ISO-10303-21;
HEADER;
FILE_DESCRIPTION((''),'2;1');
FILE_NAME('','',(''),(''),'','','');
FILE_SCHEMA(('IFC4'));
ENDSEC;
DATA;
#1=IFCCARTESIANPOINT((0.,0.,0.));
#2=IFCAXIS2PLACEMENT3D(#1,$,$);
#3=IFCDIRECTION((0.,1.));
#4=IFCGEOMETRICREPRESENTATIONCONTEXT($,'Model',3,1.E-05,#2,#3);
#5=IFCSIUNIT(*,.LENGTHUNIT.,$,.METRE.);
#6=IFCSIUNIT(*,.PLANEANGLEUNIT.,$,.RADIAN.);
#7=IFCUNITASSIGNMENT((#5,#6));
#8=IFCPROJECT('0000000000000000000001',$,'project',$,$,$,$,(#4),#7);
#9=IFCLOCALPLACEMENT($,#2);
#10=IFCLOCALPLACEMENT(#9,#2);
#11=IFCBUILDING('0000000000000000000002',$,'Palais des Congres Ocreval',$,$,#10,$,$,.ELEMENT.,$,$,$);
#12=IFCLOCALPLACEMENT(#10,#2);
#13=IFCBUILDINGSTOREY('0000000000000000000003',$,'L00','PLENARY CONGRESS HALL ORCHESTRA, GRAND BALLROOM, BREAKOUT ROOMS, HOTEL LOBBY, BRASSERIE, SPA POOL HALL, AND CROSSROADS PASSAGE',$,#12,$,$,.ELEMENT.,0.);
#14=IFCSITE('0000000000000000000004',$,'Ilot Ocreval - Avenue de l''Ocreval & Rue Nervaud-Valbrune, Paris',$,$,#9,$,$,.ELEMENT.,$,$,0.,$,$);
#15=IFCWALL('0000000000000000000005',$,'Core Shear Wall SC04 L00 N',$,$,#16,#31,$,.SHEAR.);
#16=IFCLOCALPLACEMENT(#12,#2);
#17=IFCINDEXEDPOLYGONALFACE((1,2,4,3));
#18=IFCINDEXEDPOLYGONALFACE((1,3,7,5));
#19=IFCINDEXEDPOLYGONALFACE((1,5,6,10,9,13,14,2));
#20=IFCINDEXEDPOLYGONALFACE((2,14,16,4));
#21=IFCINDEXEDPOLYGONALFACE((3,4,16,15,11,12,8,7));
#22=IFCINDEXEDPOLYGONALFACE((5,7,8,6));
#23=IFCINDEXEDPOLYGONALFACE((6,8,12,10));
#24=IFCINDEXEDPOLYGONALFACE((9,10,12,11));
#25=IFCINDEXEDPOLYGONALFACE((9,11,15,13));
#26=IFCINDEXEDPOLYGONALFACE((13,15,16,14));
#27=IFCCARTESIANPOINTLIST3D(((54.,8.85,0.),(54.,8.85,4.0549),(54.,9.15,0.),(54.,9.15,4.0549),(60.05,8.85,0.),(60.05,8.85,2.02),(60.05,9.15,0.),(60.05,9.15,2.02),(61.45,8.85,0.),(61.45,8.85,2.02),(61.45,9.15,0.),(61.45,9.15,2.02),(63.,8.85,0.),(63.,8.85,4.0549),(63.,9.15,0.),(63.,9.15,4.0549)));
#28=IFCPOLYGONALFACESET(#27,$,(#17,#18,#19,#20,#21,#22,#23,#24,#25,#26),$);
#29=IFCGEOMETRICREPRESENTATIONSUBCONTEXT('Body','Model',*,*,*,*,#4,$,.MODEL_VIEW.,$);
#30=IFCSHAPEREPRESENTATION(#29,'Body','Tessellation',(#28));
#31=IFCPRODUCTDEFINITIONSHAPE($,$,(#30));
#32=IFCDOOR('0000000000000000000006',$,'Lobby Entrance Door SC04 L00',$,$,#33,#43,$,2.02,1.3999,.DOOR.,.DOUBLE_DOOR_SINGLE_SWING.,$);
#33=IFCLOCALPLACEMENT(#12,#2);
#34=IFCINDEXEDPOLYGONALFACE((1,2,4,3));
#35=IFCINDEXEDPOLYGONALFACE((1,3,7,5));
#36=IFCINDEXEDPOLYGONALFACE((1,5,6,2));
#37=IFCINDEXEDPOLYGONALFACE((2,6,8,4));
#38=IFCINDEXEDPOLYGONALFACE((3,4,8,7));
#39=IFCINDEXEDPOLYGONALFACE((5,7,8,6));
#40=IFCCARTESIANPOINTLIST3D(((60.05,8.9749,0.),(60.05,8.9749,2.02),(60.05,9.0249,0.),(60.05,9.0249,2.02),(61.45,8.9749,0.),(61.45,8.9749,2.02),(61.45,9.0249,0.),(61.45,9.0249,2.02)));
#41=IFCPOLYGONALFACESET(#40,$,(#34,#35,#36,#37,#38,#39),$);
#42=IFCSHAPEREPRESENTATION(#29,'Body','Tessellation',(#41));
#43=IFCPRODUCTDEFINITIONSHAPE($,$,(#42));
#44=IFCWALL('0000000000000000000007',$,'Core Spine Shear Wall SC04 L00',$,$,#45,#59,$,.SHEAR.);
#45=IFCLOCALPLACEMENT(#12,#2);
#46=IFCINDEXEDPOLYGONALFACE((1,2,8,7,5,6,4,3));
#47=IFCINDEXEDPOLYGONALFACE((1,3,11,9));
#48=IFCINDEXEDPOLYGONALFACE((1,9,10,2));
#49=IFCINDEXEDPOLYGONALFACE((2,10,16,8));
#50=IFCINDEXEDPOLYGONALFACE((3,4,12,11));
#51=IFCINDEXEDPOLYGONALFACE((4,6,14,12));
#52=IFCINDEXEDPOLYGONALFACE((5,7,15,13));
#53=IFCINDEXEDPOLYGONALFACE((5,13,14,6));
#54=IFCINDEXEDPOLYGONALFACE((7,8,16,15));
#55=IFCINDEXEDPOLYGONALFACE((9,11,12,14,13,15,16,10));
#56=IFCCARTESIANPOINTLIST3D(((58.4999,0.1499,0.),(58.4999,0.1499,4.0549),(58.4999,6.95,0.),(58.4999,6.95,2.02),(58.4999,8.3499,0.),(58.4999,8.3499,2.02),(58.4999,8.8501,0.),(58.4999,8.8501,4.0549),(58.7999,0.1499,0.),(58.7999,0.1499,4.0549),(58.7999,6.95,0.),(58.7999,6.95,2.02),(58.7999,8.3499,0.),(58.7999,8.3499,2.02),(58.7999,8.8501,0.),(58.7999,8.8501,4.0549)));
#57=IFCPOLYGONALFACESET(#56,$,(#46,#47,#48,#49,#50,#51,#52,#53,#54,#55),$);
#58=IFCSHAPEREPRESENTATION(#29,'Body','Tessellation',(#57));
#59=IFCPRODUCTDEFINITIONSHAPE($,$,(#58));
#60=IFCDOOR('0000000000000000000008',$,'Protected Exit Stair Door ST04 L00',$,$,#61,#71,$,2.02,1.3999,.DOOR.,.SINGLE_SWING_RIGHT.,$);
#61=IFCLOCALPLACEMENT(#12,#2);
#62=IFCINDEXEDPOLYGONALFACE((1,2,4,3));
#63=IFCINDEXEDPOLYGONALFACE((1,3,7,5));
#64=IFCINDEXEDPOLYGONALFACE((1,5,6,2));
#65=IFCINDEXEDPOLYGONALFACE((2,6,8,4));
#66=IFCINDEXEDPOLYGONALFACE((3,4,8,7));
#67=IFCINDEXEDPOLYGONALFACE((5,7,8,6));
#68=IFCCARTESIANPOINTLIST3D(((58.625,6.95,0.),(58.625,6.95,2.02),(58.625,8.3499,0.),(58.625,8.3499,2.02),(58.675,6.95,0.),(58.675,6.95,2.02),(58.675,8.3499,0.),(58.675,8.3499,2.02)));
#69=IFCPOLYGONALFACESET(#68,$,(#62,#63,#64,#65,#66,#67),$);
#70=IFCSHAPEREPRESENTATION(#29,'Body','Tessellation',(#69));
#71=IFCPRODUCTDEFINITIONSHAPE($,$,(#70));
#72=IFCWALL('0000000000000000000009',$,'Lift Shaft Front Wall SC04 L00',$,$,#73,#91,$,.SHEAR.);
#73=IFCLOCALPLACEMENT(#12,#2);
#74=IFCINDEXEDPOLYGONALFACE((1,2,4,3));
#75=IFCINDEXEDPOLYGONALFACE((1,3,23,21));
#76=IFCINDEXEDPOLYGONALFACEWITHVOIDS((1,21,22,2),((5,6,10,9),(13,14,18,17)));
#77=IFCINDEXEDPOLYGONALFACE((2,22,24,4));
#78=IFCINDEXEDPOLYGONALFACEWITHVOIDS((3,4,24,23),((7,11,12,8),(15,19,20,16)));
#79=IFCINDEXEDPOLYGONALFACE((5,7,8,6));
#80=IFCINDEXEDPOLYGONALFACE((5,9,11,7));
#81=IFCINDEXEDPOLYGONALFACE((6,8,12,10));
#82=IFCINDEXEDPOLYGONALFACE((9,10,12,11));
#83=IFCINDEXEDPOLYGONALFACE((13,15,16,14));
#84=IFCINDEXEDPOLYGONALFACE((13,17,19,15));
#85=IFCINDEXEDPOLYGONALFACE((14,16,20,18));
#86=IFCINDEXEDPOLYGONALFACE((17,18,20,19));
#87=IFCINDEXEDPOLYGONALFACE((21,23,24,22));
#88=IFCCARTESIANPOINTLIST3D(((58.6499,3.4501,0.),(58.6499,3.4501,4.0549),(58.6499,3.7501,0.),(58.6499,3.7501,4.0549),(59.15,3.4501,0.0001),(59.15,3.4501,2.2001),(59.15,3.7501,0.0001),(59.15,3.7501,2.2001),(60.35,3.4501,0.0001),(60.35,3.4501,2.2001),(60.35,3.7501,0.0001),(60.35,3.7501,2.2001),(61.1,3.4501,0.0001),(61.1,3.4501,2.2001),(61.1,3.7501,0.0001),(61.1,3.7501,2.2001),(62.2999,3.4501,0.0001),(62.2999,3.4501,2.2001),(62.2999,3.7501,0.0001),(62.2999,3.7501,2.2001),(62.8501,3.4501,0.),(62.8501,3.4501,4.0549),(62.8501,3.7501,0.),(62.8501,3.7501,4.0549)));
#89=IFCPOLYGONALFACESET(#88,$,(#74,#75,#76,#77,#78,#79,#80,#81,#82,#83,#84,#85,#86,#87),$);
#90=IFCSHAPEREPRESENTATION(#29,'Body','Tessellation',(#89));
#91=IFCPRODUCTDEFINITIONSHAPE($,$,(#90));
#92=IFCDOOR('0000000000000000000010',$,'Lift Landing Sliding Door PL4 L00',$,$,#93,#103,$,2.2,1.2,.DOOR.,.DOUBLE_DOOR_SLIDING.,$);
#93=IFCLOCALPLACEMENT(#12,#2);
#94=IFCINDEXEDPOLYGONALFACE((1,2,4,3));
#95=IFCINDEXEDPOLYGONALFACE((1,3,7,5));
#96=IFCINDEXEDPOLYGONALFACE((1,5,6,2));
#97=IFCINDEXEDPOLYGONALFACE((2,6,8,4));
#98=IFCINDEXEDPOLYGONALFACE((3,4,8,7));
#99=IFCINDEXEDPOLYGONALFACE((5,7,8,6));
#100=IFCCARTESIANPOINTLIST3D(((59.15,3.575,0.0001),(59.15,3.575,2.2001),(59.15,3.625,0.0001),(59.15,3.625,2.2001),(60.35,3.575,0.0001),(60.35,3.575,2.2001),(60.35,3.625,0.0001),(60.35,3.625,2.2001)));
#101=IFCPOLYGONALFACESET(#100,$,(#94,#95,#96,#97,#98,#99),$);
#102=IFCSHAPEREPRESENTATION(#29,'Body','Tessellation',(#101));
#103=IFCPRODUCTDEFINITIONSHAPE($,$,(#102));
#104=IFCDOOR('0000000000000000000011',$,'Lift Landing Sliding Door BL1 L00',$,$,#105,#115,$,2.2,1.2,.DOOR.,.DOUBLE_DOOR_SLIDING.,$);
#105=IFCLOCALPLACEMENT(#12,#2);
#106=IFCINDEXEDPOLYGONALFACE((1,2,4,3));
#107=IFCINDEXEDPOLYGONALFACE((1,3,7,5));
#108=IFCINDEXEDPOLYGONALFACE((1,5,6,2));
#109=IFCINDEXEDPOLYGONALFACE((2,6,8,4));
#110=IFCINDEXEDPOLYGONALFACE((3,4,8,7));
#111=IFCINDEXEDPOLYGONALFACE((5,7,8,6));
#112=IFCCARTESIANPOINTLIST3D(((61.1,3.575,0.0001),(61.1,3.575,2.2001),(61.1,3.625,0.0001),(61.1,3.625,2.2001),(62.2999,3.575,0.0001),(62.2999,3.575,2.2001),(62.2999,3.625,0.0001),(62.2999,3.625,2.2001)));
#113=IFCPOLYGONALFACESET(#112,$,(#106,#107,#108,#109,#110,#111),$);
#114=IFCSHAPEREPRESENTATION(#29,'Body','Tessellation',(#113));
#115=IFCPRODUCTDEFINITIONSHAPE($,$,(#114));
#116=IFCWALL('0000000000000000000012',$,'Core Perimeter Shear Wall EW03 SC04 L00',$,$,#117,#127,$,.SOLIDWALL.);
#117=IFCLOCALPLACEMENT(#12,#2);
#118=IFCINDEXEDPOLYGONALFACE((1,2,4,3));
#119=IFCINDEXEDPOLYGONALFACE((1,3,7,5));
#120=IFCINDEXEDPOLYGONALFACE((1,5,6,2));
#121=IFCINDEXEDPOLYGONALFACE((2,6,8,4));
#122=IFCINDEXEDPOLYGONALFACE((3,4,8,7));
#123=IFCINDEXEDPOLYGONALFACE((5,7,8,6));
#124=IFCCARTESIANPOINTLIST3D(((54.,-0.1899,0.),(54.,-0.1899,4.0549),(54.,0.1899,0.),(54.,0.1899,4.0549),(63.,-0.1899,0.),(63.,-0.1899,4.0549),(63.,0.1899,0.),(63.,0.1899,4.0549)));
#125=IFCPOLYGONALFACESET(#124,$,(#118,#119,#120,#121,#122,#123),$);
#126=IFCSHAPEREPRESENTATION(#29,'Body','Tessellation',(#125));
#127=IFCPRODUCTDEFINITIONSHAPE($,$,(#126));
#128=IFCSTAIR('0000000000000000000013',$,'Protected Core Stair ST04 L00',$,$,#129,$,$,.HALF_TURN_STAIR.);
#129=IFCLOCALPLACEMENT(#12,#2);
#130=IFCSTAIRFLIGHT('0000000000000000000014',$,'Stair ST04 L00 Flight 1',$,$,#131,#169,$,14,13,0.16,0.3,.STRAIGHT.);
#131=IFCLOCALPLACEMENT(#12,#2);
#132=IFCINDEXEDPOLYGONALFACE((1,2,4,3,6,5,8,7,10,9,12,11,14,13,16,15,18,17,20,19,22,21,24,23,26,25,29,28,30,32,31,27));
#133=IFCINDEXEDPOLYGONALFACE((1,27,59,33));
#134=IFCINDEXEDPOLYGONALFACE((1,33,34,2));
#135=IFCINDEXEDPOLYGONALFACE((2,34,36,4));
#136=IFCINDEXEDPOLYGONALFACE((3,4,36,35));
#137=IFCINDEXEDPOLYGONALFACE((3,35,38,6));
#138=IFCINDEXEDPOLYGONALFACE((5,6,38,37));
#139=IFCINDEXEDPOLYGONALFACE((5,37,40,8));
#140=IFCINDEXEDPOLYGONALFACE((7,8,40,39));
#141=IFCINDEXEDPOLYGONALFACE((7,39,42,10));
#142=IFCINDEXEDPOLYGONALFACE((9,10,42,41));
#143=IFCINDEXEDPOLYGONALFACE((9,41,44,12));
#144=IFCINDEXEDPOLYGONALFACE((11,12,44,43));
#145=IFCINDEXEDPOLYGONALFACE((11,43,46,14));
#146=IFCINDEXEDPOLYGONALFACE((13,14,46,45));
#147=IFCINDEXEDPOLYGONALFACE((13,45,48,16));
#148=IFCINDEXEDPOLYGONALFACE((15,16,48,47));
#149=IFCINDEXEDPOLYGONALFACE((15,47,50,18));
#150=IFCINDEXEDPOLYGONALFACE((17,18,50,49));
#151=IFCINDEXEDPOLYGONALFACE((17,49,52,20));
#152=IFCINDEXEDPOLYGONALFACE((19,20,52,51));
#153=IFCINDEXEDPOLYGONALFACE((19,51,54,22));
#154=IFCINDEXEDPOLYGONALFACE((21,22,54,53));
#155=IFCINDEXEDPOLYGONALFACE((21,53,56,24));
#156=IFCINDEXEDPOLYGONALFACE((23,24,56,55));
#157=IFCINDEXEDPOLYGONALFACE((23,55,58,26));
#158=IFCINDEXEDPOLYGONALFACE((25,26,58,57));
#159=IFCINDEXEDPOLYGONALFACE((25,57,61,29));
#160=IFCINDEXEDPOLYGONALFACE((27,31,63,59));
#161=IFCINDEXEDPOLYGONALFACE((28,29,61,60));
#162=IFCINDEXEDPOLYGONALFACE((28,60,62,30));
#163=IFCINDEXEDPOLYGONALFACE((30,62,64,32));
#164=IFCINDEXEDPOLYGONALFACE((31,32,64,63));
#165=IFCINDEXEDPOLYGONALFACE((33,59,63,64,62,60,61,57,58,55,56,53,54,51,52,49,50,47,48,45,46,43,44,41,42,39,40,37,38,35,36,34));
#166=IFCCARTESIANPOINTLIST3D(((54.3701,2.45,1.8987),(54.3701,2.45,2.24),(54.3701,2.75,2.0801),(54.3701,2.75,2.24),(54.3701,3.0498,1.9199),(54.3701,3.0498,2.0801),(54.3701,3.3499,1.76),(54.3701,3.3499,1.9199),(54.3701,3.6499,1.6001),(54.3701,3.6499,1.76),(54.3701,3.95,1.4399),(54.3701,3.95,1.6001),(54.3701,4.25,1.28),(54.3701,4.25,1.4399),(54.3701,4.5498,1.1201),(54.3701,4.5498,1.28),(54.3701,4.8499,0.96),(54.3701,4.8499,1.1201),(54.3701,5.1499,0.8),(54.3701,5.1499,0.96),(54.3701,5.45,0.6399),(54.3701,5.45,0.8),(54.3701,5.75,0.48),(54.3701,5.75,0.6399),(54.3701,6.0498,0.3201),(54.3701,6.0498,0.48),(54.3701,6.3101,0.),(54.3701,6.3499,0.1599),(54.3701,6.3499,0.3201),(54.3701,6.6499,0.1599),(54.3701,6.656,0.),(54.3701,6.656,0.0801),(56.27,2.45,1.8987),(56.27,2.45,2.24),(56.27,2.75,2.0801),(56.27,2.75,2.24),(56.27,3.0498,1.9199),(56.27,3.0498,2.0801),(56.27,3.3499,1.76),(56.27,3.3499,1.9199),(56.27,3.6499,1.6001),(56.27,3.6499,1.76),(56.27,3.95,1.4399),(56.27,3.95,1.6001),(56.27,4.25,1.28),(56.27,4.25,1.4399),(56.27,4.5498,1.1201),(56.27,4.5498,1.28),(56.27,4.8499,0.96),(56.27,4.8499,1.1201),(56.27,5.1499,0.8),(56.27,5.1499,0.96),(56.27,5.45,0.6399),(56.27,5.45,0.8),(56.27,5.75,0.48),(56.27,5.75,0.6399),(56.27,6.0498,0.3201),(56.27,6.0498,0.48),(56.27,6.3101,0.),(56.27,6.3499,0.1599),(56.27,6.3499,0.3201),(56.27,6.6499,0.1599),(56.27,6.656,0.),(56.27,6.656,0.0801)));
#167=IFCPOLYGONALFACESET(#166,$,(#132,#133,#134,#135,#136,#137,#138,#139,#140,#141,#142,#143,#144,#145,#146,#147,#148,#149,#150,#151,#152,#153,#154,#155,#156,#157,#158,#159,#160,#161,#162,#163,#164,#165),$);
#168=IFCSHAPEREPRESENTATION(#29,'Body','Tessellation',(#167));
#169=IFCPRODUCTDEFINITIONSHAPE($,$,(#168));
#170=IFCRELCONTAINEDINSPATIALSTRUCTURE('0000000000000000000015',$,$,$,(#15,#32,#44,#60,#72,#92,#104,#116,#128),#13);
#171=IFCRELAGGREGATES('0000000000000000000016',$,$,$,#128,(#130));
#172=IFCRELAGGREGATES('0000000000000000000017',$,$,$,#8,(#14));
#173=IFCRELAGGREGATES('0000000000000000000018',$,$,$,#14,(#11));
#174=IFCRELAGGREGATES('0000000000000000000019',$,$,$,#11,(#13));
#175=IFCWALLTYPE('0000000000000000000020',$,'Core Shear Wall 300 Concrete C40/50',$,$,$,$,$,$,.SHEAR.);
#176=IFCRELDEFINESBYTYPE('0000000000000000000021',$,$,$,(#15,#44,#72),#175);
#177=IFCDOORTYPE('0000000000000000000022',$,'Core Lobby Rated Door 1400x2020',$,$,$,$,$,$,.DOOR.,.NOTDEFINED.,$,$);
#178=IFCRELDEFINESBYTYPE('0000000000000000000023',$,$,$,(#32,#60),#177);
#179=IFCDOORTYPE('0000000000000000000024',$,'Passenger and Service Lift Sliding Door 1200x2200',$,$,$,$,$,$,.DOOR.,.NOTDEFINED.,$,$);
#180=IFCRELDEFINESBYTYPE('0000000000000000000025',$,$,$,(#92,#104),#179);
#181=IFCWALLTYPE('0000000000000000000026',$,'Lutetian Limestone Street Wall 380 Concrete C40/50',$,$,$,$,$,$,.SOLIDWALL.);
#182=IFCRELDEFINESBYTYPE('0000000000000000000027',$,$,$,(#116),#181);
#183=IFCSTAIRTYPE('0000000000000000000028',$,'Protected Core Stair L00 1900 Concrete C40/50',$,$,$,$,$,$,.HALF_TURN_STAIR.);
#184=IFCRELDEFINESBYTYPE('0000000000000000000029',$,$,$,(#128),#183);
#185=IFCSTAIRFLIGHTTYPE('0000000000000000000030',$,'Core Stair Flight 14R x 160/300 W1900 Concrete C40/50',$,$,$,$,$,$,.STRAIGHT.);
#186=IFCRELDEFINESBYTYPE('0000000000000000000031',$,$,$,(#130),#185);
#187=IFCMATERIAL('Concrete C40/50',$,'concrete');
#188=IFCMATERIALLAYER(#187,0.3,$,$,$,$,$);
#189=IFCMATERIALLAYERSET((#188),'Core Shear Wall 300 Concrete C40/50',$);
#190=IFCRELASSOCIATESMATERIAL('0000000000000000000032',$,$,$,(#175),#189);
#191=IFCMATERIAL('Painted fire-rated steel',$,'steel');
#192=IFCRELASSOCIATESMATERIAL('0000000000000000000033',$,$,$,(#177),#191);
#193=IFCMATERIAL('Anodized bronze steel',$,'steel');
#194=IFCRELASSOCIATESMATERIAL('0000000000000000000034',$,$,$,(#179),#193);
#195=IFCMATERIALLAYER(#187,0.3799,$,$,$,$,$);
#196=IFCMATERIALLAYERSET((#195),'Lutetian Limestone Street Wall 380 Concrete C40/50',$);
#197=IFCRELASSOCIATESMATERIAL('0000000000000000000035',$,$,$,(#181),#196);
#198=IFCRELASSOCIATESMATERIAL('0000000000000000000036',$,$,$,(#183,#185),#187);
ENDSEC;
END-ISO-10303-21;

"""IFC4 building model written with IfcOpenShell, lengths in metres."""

from ifc_helpers import new_model, si_unit, direction, frame, frame_2d, origin, place, context, subcontext, project, spatial, polyline, rectangle, outline, extrude, material, layer, layer_set, type_object, element, fill, aggregate, save


model = new_model("IFC4")

# Units and contexts
model_context = context("Model", 3, precision=1e-05, world=origin(), true_north=direction((0.0, 1.0)))
body_context = subcontext(model_context, "Body", "Model", "MODEL_VIEW")
ifc_project = project(units=[si_unit("LENGTHUNIT", "METRE"), si_unit("PLANEANGLEUNIT", "RADIAN")], contexts=[model_context])

# Site, building, storey
site_placement = place(None, origin())
site = spatial("IfcSite", under=ifc_project, at=site_placement, Name="Ilot Ocreval - Avenue de l'Ocreval & Rue Nervaud-Valbrune, Paris", CompositionType="ELEMENT", RefElevation=0.0)
building_placement = place(site_placement, origin())
building = spatial("IfcBuilding", under=site, at=building_placement, Name="Palais des Congres Ocreval", CompositionType="ELEMENT")
storey_placement = place(building_placement, origin())
storey = spatial("IfcBuildingStorey", under=building, at=storey_placement, Name="L00", Description="PLENARY CONGRESS HALL ORCHESTRA, GRAND BALLROOM, BREAKOUT ROOMS, HOTEL LOBBY, BRASSERIE, SPA POOL HALL, AND CROSSROADS PASSAGE", CompositionType="ELEMENT", Elevation=0.0)

# Shared definitions
ifc_material_1 = material(Name="Concrete C40/50", Category="concrete")

# Shared definitions
ifc_layer_1 = layer(ifc_material_1, 0.3)
ifc_layer_set_1 = layer_set([ifc_layer_1], Name="Core Shear Wall 300 Concrete C40/50")
wall_type_1 = type_object("IfcWallType", Name="Core Shear Wall 300 Concrete C40/50", PredefinedType="SHEAR", material=ifc_layer_set_1)

# Walls, openings, doors
wall_1_placement = place(storey_placement, frame((54.0, 9.0, 0.0), z_axis=(0.0, 0.0, 1.0), x_axis=(1.0, 0.0, 0.0)))
wall_1 = element("IfcWall", 1, at=wall_1_placement, inside=storey, type_object=wall_type_1, Name="Core Shear Wall SC04 L00 N", PredefinedType="SHEAR", context=body_context, shape_type="SweptSolid", body=[
    extrude(rectangle(XDim=9.0, YDim=0.3, at=frame_2d((4.5, 0.0))), origin(), (0.0, 0.0, 1.0), 4.0549),
])
opening_1_placement = place(wall_1_placement, frame((6.05, 0.0, 0.0)))
opening_1 = element("IfcOpeningElement", 2, at=opening_1_placement, cuts=wall_1, PredefinedType="OPENING", context=body_context, shape_type="SweptSolid", body=[
    extrude(rectangle(XDim=1.3999, YDim=2.02, at=frame_2d((0.7, 1.01))), frame((0.0, 0.1599, 0.0), z_axis=(0.0, -1.0, 0.0), x_axis=(1.0, 0.0, 0.0)), (0.0, 0.0, 1.0), 0.3201),
])
ifc_material_2 = material(Name="Painted fire-rated steel", Category="steel")
door_type_1 = type_object("IfcDoorType", Name="Core Lobby Rated Door 1400x2020", OperationType="NOTDEFINED", PredefinedType="DOOR", material=ifc_material_2)
door_1_placement = place(opening_1_placement, origin())
door_1 = element("IfcDoor", 3, at=door_1_placement, inside=storey, type_object=door_type_1, Name="Lobby Entrance Door SC04 L00", OperationType="DOUBLE_DOOR_SINGLE_SWING", OverallHeight=2.02, OverallWidth=1.3999, PredefinedType="DOOR", context=body_context, shape_type="SweptSolid", body=[
    extrude(rectangle(XDim=1.3999, YDim=2.02, at=frame_2d((0.7, 1.01))), frame((0.0, 0.0249, 0.0), z_axis=(0.0, -1.0, 0.0), x_axis=(1.0, 0.0, 0.0)), (0.0, 0.0, 1.0), 0.05),
])
fill(opening_1, door_1)
wall_2_placement = place(storey_placement, frame((58.6499, 0.1499, 0.0), z_axis=(0.0, 0.0, 1.0), x_axis=(0.0, 1.0, 0.0)))
wall_2 = element("IfcWall", 4, at=wall_2_placement, inside=storey, type_object=wall_type_1, Name="Core Spine Shear Wall SC04 L00", PredefinedType="SHEAR", context=body_context, shape_type="SweptSolid", body=[
    extrude(rectangle(XDim=8.7002, YDim=0.3, at=frame_2d((4.3501, 0.0))), origin(), (0.0, 0.0, 1.0), 4.0549),
])
opening_2_placement = place(wall_2_placement, frame((6.8, 0.0, 0.0)))
opening_2 = element("IfcOpeningElement", 5, at=opening_2_placement, cuts=wall_2, PredefinedType="OPENING", context=body_context, shape_type="SweptSolid", body=[
    extrude(rectangle(XDim=1.3999, YDim=2.02, at=frame_2d((0.7, 1.01))), frame((0.0, 0.1599, 0.0), z_axis=(0.0, -1.0, 0.0), x_axis=(1.0, 0.0, 0.0)), (0.0, 0.0, 1.0), 0.3201),
])
door_2_placement = place(opening_2_placement, origin())
door_2 = element("IfcDoor", 6, at=door_2_placement, inside=storey, type_object=door_type_1, Name="Protected Exit Stair Door ST04 L00", OperationType="SINGLE_SWING_RIGHT", OverallHeight=2.02, OverallWidth=1.3999, PredefinedType="DOOR", context=body_context, shape_type="SweptSolid", body=[
    extrude(rectangle(XDim=1.3999, YDim=2.02, at=frame_2d((0.7, 1.01))), frame((0.0, 0.0249, 0.0), z_axis=(0.0, -1.0, 0.0), x_axis=(1.0, 0.0, 0.0)), (0.0, 0.0, 1.0), 0.05),
])
fill(opening_2, door_2)

# Wall, openings, doors
wall_3_placement = place(storey_placement, frame((58.6499, 3.6001, 0.0), z_axis=(0.0, 0.0, 1.0), x_axis=(1.0, 0.0, 0.0)))
wall_3 = element("IfcWall", 7, at=wall_3_placement, inside=storey, type_object=wall_type_1, Name="Lift Shaft Front Wall SC04 L00", PredefinedType="SHEAR", context=body_context, shape_type="SweptSolid", body=[
    extrude(rectangle(XDim=4.2002, YDim=0.3, at=frame_2d((2.1001, 0.0))), origin(), (0.0, 0.0, 1.0), 4.0549),
])
opening_3_placement = place(wall_3_placement, frame((0.5, 0.0, 0.0)))
opening_3 = element("IfcOpeningElement", 8, at=opening_3_placement, cuts=wall_3, PredefinedType="OPENING", context=body_context, shape_type="SweptSolid", body=[
    extrude(rectangle(XDim=1.2, YDim=2.2, at=frame_2d((0.6001, 1.1001))), frame((0.0, 0.1599, 0.0), z_axis=(0.0, -1.0, 0.0), x_axis=(1.0, 0.0, 0.0)), (0.0, 0.0, 1.0), 0.3201),
])
opening_4_placement = place(wall_3_placement, frame((2.45, 0.0, 0.0)))
opening_4 = element("IfcOpeningElement", 9, at=opening_4_placement, cuts=wall_3, PredefinedType="OPENING", context=body_context, shape_type="SweptSolid", body=[
    extrude(rectangle(XDim=1.2, YDim=2.2, at=frame_2d((0.6001, 1.1001))), frame((0.0, 0.1599, 0.0), z_axis=(0.0, -1.0, 0.0), x_axis=(1.0, 0.0, 0.0)), (0.0, 0.0, 1.0), 0.3201),
])
ifc_material_3 = material(Name="Anodized bronze steel", Category="steel")
door_type_2 = type_object("IfcDoorType", Name="Passenger and Service Lift Sliding Door 1200x2200", OperationType="NOTDEFINED", PredefinedType="DOOR", material=ifc_material_3)
door_3_placement = place(opening_3_placement, origin())
door_3 = element("IfcDoor", 10, at=door_3_placement, inside=storey, type_object=door_type_2, Name="Lift Landing Sliding Door PL4 L00", OperationType="DOUBLE_DOOR_SLIDING", OverallHeight=2.2, OverallWidth=1.2, PredefinedType="DOOR", context=body_context, shape_type="SweptSolid", body=[
    extrude(rectangle(XDim=1.2, YDim=2.2, at=frame_2d((0.6001, 1.1001))), frame((0.0, 0.0249, 0.0), z_axis=(0.0, -1.0, 0.0), x_axis=(1.0, 0.0, 0.0)), (0.0, 0.0, 1.0), 0.05),
])
fill(opening_3, door_3)
door_4_placement = place(opening_4_placement, origin())
door_4 = element("IfcDoor", 11, at=door_4_placement, inside=storey, type_object=door_type_2, Name="Lift Landing Sliding Door BL1 L00", OperationType="DOUBLE_DOOR_SLIDING", OverallHeight=2.2, OverallWidth=1.2, PredefinedType="DOOR", context=body_context, shape_type="SweptSolid", body=[
    extrude(rectangle(XDim=1.2, YDim=2.2, at=frame_2d((0.6001, 1.1001))), frame((0.0, 0.0249, 0.0), z_axis=(0.0, -1.0, 0.0), x_axis=(1.0, 0.0, 0.0)), (0.0, 0.0, 1.0), 0.05),
])
fill(opening_4, door_4)

# Wall
ifc_layer_2 = layer(ifc_material_1, 0.3799)
ifc_layer_set_2 = layer_set([ifc_layer_2], Name="Lutetian Limestone Street Wall 380 Concrete C40/50")
wall_type_2 = type_object("IfcWallType", Name="Lutetian Limestone Street Wall 380 Concrete C40/50", PredefinedType="SOLIDWALL", material=ifc_layer_set_2)
wall_4_placement = place(storey_placement, frame((63.0, 0.0, 0.0), z_axis=(0.0, 0.0, 1.0), x_axis=(-1.0, 0.0, 0.0)))
element("IfcWall", 12, at=wall_4_placement, inside=storey, type_object=wall_type_2, Name="Core Perimeter Shear Wall EW03 SC04 L00", PredefinedType="SOLIDWALL", context=body_context, shape_type="SweptSolid", body=[
    extrude(rectangle(XDim=9.0, YDim=0.3799, at=frame_2d((4.5, 0.0))), origin(), (0.0, 0.0, 1.0), 4.0549),
])

# Stair, stair flight
stair_type = type_object("IfcStairType", Name="Protected Core Stair L00 1900 Concrete C40/50", PredefinedType="HALF_TURN_STAIR", material=ifc_material_1)
stair_placement = place(storey_placement, origin())
stair = element("IfcStair", 13, at=stair_placement, inside=storey, type_object=stair_type, Name="Protected Core Stair ST04 L00", PredefinedType="HALF_TURN_STAIR")
stair_flight_type = type_object("IfcStairFlightType", Name="Core Stair Flight 14R x 160/300 W1900 Concrete C40/50", PredefinedType="STRAIGHT", material=ifc_material_1)
stair_flight_1_placement = place(storey_placement, frame((55.3201, 6.6499, 0.0), z_axis=(0.0, 0.0, 1.0), x_axis=(0.0, -1.0, 0.0)))
stair_flight_1 = element("IfcStairFlight", 14, at=stair_flight_1_placement, type_object=stair_flight_type, Name="Stair ST04 L00 Flight 1", NumberOfRisers=14, NumberOfTreads=13, PredefinedType="STRAIGHT", RiserHeight=0.16, TreadLength=0.3, context=body_context, shape_type="SweptSolid", body=[
    extrude(outline(polyline([(-0.0061, 0.0), (-0.0061, 0.0801), (0.0, 0.1599), (0.3, 0.1599), (0.3, 0.3201), (0.6001, 0.3201), (0.6001, 0.48), (0.8999, 0.48), (0.8999, 0.6399), (1.2, 0.6399), (1.2, 0.8), (1.5, 0.8), (1.5, 0.96), (1.8, 0.96), (1.8, 1.1201), (2.1001, 1.1201), (2.1001, 1.28), (2.3999, 1.28), (2.3999, 1.4399), (2.7, 1.4399), (2.7, 1.6001), (3.0, 1.6001), (3.0, 1.76), (3.3, 1.76), (3.3, 1.9199), (3.6001, 1.9199), (3.6001, 2.0801), (3.8999, 2.0801), (3.8999, 2.24), (4.2, 2.24), (4.2, 1.8987), (0.3398, 0.0), (-0.0061, 0.0)])), frame((0.0, 0.95, 0.0), z_axis=(0.0, -1.0, 0.0), x_axis=(1.0, 0.0, 0.0)), (0.0, 0.0, 1.0), 1.8999),
])
aggregate(stair, [stair_flight_1])

save(model, "model.ifc")
